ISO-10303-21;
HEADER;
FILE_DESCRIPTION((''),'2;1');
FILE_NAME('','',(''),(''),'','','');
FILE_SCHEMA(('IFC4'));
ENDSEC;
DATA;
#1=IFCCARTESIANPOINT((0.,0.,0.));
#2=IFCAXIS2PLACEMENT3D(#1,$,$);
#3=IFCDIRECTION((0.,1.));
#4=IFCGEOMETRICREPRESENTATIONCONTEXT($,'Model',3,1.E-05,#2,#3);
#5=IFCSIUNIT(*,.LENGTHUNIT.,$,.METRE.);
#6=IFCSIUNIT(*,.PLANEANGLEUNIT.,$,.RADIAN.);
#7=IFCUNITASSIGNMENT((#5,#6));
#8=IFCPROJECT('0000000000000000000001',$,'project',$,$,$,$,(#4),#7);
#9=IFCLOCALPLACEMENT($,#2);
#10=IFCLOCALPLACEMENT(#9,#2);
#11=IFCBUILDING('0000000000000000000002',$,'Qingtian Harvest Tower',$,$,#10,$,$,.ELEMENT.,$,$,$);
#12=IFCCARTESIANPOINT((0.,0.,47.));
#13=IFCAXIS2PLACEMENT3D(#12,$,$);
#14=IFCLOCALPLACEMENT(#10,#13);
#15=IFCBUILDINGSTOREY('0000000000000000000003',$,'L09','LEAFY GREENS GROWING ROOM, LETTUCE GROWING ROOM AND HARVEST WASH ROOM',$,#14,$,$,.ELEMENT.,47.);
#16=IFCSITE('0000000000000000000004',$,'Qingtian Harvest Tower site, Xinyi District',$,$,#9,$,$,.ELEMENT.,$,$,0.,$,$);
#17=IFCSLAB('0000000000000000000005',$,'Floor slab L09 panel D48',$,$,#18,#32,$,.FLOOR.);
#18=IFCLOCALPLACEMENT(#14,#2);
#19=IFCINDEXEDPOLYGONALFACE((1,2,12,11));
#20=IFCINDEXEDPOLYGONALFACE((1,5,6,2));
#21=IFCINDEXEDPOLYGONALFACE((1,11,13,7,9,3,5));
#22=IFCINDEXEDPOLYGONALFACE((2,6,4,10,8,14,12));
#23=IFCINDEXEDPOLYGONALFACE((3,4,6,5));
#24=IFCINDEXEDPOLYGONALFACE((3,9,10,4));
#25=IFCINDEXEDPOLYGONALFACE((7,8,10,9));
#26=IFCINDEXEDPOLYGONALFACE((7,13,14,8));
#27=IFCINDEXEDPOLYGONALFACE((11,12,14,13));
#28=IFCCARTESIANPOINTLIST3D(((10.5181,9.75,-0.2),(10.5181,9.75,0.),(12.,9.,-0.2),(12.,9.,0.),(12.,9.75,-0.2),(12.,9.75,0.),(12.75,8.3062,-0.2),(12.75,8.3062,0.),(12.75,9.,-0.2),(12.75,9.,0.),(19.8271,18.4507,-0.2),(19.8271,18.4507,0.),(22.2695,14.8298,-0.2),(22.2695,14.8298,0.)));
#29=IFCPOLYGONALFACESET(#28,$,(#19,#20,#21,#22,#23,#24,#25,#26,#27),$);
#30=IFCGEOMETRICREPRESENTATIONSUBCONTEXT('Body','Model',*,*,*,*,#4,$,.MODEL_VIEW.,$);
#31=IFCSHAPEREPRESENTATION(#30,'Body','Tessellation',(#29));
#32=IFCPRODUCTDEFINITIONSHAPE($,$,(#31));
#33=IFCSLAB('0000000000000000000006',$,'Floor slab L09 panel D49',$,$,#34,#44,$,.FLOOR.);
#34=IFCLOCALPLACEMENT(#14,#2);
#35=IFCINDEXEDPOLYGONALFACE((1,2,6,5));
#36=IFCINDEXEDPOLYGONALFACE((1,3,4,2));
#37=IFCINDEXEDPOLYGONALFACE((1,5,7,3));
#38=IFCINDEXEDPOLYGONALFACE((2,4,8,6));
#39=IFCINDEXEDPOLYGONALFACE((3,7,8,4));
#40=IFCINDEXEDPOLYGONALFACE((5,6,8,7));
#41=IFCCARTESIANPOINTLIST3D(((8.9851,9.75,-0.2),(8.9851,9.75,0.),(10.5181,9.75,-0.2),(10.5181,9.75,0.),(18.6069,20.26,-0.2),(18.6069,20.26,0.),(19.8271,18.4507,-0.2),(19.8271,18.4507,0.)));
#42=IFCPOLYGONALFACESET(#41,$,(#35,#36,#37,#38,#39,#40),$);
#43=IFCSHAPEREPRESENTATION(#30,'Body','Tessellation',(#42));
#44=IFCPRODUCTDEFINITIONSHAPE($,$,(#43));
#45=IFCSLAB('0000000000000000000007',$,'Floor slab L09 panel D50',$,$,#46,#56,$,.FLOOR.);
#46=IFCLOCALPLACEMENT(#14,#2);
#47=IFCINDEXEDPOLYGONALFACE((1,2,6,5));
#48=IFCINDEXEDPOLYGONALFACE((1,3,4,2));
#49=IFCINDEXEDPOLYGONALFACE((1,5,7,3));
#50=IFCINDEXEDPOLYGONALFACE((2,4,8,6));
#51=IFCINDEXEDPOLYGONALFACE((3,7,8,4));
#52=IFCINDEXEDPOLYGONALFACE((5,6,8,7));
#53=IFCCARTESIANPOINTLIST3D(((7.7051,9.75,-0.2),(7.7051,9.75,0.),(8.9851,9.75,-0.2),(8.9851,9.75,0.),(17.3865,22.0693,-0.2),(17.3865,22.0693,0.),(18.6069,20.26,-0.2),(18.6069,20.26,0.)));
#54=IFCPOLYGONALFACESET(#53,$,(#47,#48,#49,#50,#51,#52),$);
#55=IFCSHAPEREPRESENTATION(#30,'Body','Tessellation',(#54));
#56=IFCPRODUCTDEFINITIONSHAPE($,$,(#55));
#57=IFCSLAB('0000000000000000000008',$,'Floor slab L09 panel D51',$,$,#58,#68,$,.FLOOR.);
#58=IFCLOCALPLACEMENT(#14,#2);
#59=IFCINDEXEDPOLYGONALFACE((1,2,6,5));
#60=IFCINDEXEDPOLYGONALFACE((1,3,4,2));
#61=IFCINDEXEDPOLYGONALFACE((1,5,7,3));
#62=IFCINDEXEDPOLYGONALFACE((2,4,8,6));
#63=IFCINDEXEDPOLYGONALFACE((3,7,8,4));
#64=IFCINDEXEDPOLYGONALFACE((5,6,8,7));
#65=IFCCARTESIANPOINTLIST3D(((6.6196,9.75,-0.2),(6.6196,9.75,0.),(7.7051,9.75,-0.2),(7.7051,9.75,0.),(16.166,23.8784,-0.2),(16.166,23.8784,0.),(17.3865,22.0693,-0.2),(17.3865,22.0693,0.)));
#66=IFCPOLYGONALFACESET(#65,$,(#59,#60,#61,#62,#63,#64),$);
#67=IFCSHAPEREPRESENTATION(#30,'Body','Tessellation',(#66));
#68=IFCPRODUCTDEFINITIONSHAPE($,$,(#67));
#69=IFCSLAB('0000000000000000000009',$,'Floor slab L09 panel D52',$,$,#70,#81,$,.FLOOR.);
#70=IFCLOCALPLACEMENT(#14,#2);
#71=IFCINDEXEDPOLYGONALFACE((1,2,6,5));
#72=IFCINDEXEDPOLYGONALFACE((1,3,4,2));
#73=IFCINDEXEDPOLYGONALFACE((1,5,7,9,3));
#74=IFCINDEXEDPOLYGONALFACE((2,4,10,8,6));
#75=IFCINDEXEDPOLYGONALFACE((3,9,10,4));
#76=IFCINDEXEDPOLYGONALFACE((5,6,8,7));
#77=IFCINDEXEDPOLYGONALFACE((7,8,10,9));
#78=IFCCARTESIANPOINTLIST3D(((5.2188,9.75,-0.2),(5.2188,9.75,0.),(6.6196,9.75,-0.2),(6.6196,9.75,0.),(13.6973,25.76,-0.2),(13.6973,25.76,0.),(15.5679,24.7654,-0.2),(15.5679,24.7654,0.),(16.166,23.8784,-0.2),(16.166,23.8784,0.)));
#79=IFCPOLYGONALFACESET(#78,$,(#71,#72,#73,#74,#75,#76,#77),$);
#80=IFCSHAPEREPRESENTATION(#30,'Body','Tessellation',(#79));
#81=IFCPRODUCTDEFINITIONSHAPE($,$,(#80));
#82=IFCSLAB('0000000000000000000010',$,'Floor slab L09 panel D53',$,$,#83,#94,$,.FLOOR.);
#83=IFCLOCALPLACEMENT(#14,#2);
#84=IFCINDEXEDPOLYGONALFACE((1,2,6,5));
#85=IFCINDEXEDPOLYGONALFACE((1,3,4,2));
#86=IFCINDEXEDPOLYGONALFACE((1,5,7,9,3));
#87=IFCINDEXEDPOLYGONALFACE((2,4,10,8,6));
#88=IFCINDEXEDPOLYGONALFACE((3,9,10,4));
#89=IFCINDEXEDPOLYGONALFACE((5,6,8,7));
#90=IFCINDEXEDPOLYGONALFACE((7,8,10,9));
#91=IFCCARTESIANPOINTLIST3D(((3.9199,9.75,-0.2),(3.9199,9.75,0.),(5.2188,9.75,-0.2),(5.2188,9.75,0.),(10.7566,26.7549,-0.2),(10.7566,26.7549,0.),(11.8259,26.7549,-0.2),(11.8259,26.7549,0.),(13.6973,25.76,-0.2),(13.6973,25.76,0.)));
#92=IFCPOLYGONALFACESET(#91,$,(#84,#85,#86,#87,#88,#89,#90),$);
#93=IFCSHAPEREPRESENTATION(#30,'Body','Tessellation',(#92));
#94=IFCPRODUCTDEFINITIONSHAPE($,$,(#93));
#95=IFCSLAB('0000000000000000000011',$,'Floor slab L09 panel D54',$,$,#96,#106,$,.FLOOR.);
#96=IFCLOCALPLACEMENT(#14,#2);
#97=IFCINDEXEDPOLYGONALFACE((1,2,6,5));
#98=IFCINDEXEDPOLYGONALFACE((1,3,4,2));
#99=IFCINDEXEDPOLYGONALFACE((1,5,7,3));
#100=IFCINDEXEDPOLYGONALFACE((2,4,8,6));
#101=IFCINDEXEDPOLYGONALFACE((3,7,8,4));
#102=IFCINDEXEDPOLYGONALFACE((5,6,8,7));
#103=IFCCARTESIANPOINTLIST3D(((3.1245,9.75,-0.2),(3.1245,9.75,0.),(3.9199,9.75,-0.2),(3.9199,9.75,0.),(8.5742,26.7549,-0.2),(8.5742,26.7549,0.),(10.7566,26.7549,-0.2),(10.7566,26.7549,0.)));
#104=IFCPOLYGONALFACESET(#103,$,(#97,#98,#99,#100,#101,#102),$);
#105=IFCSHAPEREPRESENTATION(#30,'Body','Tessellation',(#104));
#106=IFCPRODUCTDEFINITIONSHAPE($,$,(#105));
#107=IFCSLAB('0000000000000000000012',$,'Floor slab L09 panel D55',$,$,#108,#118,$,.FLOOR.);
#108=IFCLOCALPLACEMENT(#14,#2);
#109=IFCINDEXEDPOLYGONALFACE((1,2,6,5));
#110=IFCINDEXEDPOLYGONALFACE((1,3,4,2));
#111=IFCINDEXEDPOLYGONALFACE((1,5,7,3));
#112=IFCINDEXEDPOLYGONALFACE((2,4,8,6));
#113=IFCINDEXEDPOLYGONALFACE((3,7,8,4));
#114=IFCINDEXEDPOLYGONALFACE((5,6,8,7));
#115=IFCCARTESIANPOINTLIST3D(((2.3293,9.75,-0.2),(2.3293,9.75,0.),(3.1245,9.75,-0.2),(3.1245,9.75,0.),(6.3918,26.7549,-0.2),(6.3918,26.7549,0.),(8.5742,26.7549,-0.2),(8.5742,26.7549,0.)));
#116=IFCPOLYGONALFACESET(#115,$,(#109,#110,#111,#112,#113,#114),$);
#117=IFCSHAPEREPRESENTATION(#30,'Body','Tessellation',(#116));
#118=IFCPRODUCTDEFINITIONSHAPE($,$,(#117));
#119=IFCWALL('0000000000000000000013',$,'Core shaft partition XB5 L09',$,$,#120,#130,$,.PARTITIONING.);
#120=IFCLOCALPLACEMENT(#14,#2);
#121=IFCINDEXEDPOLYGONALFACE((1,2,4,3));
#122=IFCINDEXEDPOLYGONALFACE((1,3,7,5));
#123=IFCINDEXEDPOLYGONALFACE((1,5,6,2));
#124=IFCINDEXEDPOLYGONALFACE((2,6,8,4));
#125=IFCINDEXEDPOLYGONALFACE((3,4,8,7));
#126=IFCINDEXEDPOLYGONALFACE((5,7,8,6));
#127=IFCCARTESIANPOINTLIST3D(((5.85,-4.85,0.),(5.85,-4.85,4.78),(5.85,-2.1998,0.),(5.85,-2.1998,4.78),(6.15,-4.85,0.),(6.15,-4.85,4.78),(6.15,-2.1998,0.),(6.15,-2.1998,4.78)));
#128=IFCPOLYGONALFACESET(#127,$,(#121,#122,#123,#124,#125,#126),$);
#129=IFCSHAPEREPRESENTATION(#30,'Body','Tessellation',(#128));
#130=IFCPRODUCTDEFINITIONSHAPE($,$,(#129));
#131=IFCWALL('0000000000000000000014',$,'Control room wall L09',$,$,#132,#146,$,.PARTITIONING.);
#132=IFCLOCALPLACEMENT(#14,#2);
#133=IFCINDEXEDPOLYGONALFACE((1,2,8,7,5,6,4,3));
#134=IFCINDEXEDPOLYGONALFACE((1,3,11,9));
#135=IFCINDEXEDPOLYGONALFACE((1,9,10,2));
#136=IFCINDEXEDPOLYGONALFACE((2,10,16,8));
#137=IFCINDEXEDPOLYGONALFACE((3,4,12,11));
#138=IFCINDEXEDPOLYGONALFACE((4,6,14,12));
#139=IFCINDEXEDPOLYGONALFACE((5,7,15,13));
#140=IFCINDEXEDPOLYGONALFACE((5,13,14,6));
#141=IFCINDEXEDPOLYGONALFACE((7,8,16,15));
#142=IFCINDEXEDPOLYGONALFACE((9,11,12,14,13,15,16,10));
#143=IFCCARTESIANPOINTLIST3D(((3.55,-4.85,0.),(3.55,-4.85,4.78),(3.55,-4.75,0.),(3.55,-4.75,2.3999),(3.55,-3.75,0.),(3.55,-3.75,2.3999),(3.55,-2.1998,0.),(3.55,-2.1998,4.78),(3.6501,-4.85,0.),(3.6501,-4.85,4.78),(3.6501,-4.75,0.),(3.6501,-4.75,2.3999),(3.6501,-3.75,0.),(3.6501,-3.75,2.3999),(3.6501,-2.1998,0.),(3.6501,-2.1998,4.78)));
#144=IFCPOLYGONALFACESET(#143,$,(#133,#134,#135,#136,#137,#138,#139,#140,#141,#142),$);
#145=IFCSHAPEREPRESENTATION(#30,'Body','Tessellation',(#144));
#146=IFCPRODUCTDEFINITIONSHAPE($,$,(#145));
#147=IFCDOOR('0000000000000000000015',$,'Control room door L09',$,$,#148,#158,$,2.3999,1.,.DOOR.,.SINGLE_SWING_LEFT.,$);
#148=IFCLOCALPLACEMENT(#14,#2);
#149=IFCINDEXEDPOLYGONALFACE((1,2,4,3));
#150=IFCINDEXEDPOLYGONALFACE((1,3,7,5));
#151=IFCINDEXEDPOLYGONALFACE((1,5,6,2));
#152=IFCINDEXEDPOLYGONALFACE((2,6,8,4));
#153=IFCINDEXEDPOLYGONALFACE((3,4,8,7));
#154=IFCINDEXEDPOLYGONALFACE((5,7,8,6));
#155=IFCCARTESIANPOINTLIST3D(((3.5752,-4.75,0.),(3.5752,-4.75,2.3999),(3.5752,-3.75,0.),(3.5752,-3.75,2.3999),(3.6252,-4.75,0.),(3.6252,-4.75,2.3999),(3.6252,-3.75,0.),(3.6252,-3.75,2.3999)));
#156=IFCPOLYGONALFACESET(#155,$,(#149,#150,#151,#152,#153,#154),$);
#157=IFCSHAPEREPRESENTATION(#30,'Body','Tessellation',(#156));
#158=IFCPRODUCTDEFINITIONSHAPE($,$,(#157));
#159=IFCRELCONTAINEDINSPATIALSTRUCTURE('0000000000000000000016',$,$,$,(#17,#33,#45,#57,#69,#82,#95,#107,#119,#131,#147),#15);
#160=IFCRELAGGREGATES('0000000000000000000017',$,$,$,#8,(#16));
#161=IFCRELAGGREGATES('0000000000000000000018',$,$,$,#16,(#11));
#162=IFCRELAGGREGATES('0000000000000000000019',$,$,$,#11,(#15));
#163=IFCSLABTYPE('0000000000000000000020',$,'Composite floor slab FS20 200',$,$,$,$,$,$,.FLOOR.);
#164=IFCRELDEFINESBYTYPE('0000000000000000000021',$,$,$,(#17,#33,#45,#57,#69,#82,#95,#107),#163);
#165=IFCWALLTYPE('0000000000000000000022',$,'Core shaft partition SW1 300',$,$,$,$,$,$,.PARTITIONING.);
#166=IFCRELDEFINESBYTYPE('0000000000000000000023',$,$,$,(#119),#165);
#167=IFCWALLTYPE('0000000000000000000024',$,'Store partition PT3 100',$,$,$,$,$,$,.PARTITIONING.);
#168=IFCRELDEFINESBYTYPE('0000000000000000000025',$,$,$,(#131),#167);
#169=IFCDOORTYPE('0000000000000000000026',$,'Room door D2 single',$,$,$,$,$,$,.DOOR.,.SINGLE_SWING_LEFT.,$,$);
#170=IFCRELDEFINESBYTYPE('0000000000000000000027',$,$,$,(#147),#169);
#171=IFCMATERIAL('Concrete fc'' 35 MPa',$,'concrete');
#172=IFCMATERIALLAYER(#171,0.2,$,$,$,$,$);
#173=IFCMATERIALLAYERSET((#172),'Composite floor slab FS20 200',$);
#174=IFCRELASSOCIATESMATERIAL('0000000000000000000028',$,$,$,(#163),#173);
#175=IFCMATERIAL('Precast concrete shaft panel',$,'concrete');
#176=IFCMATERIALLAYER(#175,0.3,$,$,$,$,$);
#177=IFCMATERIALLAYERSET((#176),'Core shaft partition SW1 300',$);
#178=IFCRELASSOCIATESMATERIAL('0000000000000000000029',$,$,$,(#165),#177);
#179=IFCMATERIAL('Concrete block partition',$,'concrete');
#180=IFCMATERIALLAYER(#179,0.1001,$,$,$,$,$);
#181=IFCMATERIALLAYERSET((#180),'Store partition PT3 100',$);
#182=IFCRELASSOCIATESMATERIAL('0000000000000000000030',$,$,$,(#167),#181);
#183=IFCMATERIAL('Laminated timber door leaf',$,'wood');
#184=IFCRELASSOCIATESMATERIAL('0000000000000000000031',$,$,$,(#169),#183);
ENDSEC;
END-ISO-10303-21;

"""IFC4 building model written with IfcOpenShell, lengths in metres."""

from ifc_helpers import new_model, si_unit, direction, frame, frame_2d, origin, place, context, subcontext, project, spatial, polyline, rectangle, outline, extrude, material, layer, layer_set, type_object, element, fill, save


model = new_model("IFC4")

# Units and contexts
model_context = context("Model", 3, precision=1e-05, world=origin(), true_north=direction((0.0, 1.0)))
body_context = subcontext(model_context, "Body", "Model", "MODEL_VIEW")
ifc_project = project(units=[si_unit("LENGTHUNIT", "METRE"), si_unit("PLANEANGLEUNIT", "RADIAN")], contexts=[model_context])

# Site, building, storey
site_placement = place(None, origin())
site = spatial("IfcSite", under=ifc_project, at=site_placement, Name="Qingtian Harvest Tower site, Xinyi District", CompositionType="ELEMENT", RefElevation=0.0)
building_placement = place(site_placement, origin())
building = spatial("IfcBuilding", under=site, at=building_placement, Name="Qingtian Harvest Tower", CompositionType="ELEMENT")
storey_placement = place(building_placement, frame((0.0, 0.0, 47.0)))
storey = spatial("IfcBuildingStorey", under=building, at=storey_placement, Name="L09", Description="LEAFY GREENS GROWING ROOM, LETTUCE GROWING ROOM AND HARVEST WASH ROOM", CompositionType="ELEMENT", Elevation=47.0)

# Slabs
ifc_material_1 = material(Name="Concrete fc' 35 MPa", Category="concrete")
ifc_layer_1 = layer(ifc_material_1, 0.2)
ifc_layer_set_1 = layer_set([ifc_layer_1], Name="Composite floor slab FS20 200")
slab_type = type_object("IfcSlabType", Name="Composite floor slab FS20 200", PredefinedType="FLOOR", material=ifc_layer_set_1)
slab_1_placement = place(storey_placement, frame((0.0, 0.0, -0.2)))
element("IfcSlab", 1, at=slab_1_placement, inside=storey, type_object=slab_type, Name="Floor slab L09 panel D48", PredefinedType="FLOOR", context=body_context, shape_type="SweptSolid", body=[
    extrude(outline(polyline([(19.8271, 18.4507), (22.2695, 14.8298), (12.75, 8.3062), (12.75, 9.0), (12.0, 9.0), (12.0, 9.75), (10.5181, 9.75), (19.8271, 18.4507)])), origin(), (0.0, 0.0, 1.0), 0.2),
])
slab_2_placement = place(storey_placement, frame((0.0, 0.0, -0.2)))
element("IfcSlab", 2, at=slab_2_placement, inside=storey, type_object=slab_type, Name="Floor slab L09 panel D49", PredefinedType="FLOOR", context=body_context, shape_type="SweptSolid", body=[
    extrude(outline(polyline([(8.9851, 9.75), (18.6069, 20.26), (19.8271, 18.4507), (10.5181, 9.75), (8.9851, 9.75)])), origin(), (0.0, 0.0, 1.0), 0.2),
])
slab_3_placement = place(storey_placement, frame((0.0, 0.0, -0.2)))
element("IfcSlab", 3, at=slab_3_placement, inside=storey, type_object=slab_type, Name="Floor slab L09 panel D50", PredefinedType="FLOOR", context=body_context, shape_type="SweptSolid", body=[
    extrude(outline(polyline([(7.7051, 9.75), (17.3865, 22.0693), (18.6069, 20.26), (8.9851, 9.75), (7.7051, 9.75)])), origin(), (0.0, 0.0, 1.0), 0.2),
])
slab_4_placement = place(storey_placement, frame((0.0, 0.0, -0.2)))
element("IfcSlab", 4, at=slab_4_placement, inside=storey, type_object=slab_type, Name="Floor slab L09 panel D51", PredefinedType="FLOOR", context=body_context, shape_type="SweptSolid", body=[
    extrude(outline(polyline([(6.6196, 9.75), (16.166, 23.8784), (17.3865, 22.0693), (7.7051, 9.75), (6.6196, 9.75)])), origin(), (0.0, 0.0, 1.0), 0.2),
])
slab_5_placement = place(storey_placement, frame((0.0, 0.0, -0.2)))
element("IfcSlab", 5, at=slab_5_placement, inside=storey, type_object=slab_type, Name="Floor slab L09 panel D52", PredefinedType="FLOOR", context=body_context, shape_type="SweptSolid", body=[
    extrude(outline(polyline([(6.6196, 9.75), (5.2188, 9.75), (13.6973, 25.76), (15.5679, 24.7654), (16.166, 23.8784), (6.6196, 9.75)])), origin(), (0.0, 0.0, 1.0), 0.2),
])
slab_6_placement = place(storey_placement, frame((0.0, 0.0, -0.2)))
element("IfcSlab", 6, at=slab_6_placement, inside=storey, type_object=slab_type, Name="Floor slab L09 panel D53", PredefinedType="FLOOR", context=body_context, shape_type="SweptSolid", body=[
    extrude(outline(polyline([(3.9199, 9.75), (10.7566, 26.7549), (11.8259, 26.7549), (13.6973, 25.76), (5.2188, 9.75), (3.9199, 9.75)])), origin(), (0.0, 0.0, 1.0), 0.2),
])
slab_7_placement = place(storey_placement, frame((0.0, 0.0, -0.2)))
element("IfcSlab", 7, at=slab_7_placement, inside=storey, type_object=slab_type, Name="Floor slab L09 panel D54", PredefinedType="FLOOR", context=body_context, shape_type="SweptSolid", body=[
    extrude(outline(polyline([(3.1245, 9.75), (8.5742, 26.7549), (10.7566, 26.7549), (3.9199, 9.75), (3.1245, 9.75)])), origin(), (0.0, 0.0, 1.0), 0.2),
])
slab_8_placement = place(storey_placement, frame((0.0, 0.0, -0.2)))
element("IfcSlab", 8, at=slab_8_placement, inside=storey, type_object=slab_type, Name="Floor slab L09 panel D55", PredefinedType="FLOOR", context=body_context, shape_type="SweptSolid", body=[
    extrude(outline(polyline([(2.3293, 9.75), (6.3918, 26.7549), (8.5742, 26.7549), (3.1245, 9.75), (2.3293, 9.75)])), origin(), (0.0, 0.0, 1.0), 0.2),
])

# Wall
ifc_material_2 = material(Name="Precast concrete shaft panel", Category="concrete")
ifc_layer_2 = layer(ifc_material_2, 0.3)
ifc_layer_set_2 = layer_set([ifc_layer_2], Name="Core shaft partition SW1 300")
wall_type_1 = type_object("IfcWallType", Name="Core shaft partition SW1 300", PredefinedType="PARTITIONING", material=ifc_layer_set_2)
wall_1_placement = place(storey_placement, frame((6.0, -4.8501, 0.0), z_axis=(0.0, 0.0, 1.0), x_axis=(0.0, 1.0, 0.0)))
element("IfcWall", 9, at=wall_1_placement, inside=storey, type_object=wall_type_1, Name="Core shaft partition XB5 L09", PredefinedType="PARTITIONING", context=body_context, shape_type="SweptSolid", body=[
    extrude(rectangle(XDim=2.6501, YDim=0.3, at=frame_2d((1.3252, 0.0))), origin(), (0.0, 0.0, 1.0), 4.78),
])

# Wall, opening, door
ifc_material_3 = material(Name="Concrete block partition", Category="concrete")
ifc_layer_3 = layer(ifc_material_3, 0.1001)
ifc_layer_set_3 = layer_set([ifc_layer_3], Name="Store partition PT3 100")
wall_type_2 = type_object("IfcWallType", Name="Store partition PT3 100", PredefinedType="PARTITIONING", material=ifc_layer_set_3)
wall_2_placement = place(storey_placement, frame((3.6001, -4.8501, 0.0), z_axis=(0.0, 0.0, 1.0), x_axis=(0.0, 1.0, 0.0)))
wall_2 = element("IfcWall", 10, at=wall_2_placement, inside=storey, type_object=wall_type_2, Name="Control room wall L09", PredefinedType="PARTITIONING", context=body_context, shape_type="SweptSolid", body=[
    extrude(rectangle(XDim=2.6501, YDim=0.1001, at=frame_2d((1.3252, 0.0))), origin(), (0.0, 0.0, 1.0), 4.78),
])
opening_placement = place(wall_2_placement, frame((0.1001, 0.0, 0.0)))
opening = element("IfcOpeningElement", 11, at=opening_placement, cuts=wall_2, PredefinedType="OPENING", context=body_context, shape_type="SweptSolid", body=[
    extrude(rectangle(XDim=1.0, YDim=2.3999, at=frame_2d((0.5, 1.2))), frame((0.0, 0.0601, 0.0), z_axis=(0.0, -1.0, 0.0), x_axis=(1.0, 0.0, 0.0)), (0.0, 0.0, 1.0), 0.1201),
])
ifc_material_4 = material(Name="Laminated timber door leaf", Category="wood")
door_type = type_object("IfcDoorType", Name="Room door D2 single", OperationType="SINGLE_SWING_LEFT", PredefinedType="DOOR", material=ifc_material_4)
door_placement = place(opening_placement, origin())
door = element("IfcDoor", 12, at=door_placement, inside=storey, type_object=door_type, Name="Control room door L09", OperationType="SINGLE_SWING_LEFT", OverallHeight=2.3999, OverallWidth=1.0, PredefinedType="DOOR", context=body_context, shape_type="SweptSolid", body=[
    extrude(rectangle(XDim=1.0, YDim=2.3999, at=frame_2d((0.5, 1.2))), frame((0.0, 0.0249, 0.0), z_axis=(0.0, -1.0, 0.0), x_axis=(1.0, 0.0, 0.0)), (0.0, 0.0, 1.0), 0.05),
])
fill(opening, door)

save(model, "model.ifc")
